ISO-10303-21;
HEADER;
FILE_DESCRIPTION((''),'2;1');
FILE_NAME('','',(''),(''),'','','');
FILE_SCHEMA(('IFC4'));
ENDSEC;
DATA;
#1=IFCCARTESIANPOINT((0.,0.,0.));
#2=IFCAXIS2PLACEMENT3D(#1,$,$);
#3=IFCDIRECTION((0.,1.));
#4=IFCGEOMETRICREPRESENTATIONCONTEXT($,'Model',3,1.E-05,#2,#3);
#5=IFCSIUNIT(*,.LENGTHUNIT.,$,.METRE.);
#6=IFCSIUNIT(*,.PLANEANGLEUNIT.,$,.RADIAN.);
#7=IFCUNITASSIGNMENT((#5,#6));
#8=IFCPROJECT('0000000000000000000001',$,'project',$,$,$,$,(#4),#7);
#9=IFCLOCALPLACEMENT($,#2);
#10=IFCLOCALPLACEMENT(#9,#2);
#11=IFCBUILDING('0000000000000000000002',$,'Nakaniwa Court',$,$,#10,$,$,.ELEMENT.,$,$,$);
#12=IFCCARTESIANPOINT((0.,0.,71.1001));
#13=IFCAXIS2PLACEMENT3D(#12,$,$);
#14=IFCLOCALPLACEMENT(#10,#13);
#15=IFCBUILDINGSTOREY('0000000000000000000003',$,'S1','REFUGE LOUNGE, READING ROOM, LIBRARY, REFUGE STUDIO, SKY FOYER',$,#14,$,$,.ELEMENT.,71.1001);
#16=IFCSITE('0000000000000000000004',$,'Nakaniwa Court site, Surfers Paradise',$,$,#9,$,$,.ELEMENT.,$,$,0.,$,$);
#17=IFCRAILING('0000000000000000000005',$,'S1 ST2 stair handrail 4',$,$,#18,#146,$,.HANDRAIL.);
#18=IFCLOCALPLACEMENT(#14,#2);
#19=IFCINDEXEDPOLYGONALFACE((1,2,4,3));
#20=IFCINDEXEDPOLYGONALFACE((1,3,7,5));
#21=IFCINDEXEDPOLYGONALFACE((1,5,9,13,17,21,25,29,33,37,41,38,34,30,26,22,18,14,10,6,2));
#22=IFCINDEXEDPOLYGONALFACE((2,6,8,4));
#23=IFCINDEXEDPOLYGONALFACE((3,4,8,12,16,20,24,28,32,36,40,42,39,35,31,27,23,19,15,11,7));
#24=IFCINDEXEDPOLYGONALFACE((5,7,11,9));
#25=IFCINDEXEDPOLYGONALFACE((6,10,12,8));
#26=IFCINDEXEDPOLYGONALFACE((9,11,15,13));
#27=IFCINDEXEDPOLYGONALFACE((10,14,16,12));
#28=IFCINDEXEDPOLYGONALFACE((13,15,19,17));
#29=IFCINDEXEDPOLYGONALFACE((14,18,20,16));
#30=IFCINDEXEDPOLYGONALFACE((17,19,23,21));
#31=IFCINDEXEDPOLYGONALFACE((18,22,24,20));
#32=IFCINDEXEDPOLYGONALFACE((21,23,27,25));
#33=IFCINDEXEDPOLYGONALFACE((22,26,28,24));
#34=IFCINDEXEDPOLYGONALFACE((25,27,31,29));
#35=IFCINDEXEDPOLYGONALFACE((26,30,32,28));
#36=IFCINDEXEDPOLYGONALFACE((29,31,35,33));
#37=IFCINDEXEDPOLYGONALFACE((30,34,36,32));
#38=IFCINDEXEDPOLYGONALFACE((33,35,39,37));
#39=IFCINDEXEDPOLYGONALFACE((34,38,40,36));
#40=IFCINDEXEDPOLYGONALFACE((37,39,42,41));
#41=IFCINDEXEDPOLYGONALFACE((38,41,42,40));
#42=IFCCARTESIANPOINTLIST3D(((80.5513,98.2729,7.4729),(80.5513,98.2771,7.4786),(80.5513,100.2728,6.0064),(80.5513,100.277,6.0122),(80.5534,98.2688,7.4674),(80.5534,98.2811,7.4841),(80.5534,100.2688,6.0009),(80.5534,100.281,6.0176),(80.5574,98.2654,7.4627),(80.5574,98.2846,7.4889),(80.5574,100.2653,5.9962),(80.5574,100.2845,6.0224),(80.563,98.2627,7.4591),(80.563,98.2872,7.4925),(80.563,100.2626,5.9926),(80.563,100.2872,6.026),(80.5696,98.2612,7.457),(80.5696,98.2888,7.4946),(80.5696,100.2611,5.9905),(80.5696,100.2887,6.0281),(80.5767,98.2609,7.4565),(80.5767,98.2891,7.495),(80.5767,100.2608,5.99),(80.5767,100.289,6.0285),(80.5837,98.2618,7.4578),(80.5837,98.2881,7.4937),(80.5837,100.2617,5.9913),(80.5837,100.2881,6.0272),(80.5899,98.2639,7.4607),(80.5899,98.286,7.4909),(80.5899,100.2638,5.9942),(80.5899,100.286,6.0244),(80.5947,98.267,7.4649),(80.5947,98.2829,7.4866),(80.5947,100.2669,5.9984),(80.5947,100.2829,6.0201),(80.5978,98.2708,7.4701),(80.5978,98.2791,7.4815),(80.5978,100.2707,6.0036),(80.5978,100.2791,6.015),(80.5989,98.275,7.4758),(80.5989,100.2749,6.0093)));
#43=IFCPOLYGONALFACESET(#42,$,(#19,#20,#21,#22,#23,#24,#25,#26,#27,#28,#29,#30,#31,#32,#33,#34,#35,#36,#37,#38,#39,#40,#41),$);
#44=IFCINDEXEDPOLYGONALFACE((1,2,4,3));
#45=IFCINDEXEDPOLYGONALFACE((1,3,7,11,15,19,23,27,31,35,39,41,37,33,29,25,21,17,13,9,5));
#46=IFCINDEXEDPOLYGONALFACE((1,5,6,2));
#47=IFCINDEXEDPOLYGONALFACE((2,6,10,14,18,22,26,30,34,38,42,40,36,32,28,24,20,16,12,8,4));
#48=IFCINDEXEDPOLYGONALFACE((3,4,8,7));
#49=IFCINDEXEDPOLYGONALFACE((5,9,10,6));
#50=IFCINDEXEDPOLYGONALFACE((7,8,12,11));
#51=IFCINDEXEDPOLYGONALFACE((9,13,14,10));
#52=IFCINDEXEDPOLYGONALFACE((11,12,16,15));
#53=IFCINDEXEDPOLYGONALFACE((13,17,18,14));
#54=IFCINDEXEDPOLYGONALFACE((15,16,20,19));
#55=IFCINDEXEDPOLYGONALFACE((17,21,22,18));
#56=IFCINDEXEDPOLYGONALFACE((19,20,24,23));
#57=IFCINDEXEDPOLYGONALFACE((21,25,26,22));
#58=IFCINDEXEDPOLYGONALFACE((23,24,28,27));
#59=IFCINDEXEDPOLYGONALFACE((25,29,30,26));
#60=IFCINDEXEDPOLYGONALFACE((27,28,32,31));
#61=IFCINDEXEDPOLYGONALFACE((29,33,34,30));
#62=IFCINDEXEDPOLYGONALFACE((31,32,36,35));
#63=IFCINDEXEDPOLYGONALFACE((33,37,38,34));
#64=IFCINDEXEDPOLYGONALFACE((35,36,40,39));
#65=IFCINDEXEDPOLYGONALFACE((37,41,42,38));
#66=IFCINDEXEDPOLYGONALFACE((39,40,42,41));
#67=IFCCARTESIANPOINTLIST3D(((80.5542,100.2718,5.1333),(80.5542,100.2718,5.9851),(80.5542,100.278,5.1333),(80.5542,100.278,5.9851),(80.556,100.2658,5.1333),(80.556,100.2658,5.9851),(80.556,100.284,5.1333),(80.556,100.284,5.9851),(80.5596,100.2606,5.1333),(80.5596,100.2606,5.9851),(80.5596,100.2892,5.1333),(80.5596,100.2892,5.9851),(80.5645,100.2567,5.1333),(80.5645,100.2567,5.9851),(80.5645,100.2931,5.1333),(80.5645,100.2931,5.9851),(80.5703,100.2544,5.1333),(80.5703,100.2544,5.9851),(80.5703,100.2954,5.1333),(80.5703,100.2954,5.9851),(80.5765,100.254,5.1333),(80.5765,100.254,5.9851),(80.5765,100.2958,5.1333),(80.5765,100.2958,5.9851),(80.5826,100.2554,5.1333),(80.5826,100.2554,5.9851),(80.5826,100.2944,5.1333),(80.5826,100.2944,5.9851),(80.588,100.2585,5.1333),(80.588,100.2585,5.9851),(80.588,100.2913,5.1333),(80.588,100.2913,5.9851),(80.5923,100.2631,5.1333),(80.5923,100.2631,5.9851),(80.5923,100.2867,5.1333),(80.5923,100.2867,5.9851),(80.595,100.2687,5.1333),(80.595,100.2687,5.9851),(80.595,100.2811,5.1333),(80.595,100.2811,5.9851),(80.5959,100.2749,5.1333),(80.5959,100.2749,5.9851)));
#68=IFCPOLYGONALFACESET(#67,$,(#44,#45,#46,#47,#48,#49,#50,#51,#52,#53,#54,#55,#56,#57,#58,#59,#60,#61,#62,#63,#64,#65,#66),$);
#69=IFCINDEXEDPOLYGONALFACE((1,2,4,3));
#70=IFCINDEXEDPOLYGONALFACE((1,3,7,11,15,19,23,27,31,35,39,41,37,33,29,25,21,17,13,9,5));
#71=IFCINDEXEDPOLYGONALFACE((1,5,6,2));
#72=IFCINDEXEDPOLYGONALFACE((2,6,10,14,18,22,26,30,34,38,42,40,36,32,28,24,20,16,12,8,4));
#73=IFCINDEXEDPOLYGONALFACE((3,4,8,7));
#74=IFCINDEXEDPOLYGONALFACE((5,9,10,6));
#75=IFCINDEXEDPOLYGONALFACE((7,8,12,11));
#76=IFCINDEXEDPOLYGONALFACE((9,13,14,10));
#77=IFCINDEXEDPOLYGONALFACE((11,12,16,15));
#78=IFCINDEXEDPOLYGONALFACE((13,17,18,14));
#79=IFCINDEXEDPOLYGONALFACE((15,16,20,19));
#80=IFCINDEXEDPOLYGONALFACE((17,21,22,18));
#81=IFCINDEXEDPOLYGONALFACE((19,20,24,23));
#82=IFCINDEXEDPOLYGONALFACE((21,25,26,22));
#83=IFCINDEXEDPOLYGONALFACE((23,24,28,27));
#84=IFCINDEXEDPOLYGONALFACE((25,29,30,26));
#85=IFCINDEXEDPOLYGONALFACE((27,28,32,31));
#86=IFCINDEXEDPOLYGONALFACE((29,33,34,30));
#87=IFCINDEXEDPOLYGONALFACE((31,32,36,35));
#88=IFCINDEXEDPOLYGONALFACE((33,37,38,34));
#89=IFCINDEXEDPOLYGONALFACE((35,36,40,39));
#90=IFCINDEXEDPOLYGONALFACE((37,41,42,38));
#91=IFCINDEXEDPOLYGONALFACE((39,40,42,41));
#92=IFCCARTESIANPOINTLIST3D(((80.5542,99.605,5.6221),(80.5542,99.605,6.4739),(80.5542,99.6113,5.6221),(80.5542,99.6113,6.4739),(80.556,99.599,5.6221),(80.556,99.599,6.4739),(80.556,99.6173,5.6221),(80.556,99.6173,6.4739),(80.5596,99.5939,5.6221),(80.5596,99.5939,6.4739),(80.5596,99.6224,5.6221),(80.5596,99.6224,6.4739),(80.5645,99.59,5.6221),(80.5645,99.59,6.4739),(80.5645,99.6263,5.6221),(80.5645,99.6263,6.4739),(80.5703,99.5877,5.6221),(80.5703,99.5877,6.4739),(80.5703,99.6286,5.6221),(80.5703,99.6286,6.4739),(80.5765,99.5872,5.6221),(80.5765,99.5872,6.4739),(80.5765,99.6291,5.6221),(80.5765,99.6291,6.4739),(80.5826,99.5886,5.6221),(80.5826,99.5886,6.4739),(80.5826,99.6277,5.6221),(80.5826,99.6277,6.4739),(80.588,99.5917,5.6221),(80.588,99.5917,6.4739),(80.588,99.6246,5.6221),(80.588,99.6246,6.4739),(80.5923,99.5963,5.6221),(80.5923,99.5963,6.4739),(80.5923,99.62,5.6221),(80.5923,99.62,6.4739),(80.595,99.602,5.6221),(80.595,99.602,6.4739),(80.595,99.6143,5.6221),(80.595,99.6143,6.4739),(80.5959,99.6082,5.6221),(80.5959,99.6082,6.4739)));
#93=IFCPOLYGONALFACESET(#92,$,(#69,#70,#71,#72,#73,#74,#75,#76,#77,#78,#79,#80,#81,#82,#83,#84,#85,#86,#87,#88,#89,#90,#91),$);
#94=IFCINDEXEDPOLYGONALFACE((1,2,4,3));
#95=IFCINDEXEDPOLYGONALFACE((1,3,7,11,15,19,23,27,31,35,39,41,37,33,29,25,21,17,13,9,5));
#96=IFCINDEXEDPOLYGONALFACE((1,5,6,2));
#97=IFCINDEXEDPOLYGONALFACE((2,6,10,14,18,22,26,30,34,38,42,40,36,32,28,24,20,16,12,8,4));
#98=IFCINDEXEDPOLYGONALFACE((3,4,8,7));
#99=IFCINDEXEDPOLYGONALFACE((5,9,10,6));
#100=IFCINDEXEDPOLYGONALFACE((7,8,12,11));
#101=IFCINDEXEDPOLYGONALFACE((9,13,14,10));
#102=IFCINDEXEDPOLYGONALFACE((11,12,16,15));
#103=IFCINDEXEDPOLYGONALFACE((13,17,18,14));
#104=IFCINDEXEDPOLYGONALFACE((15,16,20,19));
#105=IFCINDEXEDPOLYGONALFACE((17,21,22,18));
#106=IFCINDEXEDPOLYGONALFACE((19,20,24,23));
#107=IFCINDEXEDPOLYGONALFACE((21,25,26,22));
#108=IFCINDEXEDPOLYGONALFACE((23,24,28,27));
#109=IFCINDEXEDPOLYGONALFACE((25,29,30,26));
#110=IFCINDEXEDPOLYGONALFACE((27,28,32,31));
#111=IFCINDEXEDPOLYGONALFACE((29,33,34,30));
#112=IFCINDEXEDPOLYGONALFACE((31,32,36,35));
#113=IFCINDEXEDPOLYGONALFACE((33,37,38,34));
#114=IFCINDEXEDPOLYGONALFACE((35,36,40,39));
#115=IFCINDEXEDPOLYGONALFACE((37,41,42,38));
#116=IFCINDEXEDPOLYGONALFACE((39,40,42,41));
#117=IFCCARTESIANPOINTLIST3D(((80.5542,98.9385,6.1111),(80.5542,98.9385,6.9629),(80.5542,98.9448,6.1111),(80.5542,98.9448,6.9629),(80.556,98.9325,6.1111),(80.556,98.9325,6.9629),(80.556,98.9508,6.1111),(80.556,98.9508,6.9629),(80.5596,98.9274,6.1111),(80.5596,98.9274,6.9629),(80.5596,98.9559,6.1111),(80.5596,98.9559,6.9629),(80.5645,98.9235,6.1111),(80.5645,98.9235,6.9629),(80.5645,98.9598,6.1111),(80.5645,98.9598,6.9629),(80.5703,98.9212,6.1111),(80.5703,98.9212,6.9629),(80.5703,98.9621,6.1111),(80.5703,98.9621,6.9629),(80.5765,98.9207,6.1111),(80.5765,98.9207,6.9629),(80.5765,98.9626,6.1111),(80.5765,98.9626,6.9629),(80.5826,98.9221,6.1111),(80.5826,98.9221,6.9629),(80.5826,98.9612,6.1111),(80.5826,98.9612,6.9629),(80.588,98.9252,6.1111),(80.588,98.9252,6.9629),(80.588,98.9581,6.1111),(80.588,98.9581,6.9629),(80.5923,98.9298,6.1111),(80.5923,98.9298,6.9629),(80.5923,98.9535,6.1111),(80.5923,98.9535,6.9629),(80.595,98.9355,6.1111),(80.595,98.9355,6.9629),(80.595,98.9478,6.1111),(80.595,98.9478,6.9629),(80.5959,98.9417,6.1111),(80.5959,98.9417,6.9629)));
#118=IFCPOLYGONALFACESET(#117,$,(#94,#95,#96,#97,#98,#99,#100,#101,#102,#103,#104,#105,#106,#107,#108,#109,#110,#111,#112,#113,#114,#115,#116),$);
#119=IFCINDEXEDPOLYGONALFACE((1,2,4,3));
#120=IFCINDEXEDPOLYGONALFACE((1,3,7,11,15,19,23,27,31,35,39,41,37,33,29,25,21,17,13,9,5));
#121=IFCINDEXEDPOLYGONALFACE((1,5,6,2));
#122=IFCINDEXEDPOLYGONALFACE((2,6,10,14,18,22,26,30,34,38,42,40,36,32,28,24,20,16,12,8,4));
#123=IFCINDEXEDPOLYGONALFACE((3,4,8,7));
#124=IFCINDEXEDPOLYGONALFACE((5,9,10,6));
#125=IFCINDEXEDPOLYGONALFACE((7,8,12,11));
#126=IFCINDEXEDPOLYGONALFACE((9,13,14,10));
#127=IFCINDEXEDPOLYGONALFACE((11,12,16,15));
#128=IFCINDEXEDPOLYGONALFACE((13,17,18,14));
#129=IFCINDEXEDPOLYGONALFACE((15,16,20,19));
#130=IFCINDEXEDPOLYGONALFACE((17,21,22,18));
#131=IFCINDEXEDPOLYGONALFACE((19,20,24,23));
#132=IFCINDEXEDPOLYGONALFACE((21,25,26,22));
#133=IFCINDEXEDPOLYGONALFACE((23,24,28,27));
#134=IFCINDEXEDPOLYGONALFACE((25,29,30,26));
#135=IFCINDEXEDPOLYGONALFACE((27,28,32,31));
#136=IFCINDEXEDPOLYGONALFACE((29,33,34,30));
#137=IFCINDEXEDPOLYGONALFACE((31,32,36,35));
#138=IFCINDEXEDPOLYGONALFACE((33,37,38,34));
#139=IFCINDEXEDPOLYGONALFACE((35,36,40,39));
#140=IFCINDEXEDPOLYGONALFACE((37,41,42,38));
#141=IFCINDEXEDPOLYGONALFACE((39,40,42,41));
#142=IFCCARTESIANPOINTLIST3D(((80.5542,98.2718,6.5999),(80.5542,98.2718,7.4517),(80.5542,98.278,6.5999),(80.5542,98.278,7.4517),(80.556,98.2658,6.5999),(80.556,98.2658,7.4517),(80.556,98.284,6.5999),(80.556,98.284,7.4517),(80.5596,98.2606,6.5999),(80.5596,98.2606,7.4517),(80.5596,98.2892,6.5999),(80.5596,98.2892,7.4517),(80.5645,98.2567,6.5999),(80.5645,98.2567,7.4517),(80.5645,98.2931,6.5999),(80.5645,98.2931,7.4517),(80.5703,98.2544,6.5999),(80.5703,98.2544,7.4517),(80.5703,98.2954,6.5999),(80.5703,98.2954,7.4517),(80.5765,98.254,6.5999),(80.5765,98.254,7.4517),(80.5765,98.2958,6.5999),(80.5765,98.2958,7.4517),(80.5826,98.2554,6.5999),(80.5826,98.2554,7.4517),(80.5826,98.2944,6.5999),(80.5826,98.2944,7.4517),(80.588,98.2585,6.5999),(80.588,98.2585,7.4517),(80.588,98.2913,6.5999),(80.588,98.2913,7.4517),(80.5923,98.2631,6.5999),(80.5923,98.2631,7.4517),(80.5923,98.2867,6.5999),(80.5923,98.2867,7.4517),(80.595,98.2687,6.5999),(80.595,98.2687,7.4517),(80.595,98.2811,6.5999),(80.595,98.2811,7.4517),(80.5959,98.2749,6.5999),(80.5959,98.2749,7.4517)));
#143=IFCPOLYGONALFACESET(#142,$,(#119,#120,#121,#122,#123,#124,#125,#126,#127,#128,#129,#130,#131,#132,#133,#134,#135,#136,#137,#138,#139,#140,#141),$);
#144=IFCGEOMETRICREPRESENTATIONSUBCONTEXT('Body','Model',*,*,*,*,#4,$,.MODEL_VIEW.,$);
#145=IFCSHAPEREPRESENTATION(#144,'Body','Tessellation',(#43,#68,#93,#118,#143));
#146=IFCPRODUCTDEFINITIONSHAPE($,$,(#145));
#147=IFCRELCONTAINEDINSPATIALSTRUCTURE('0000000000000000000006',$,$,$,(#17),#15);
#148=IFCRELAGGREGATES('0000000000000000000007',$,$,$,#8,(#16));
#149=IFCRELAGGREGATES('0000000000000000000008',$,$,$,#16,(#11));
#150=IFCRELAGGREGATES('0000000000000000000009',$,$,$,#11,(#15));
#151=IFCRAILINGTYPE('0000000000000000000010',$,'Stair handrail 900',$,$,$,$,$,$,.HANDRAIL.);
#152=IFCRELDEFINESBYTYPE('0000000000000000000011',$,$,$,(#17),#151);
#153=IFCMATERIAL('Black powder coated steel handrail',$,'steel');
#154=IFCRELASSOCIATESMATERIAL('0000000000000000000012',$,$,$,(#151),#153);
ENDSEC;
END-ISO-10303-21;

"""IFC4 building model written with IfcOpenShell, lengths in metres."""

from ifc_helpers import new_model, si_unit, direction, frame, origin, origin_2d, place, context, subcontext, project, spatial, circle, extrude, material, type_object, element, save


model = new_model("IFC4")

# Units and contexts
model_context = context("Model", 3, precision=1e-05, world=origin(), true_north=direction((0.0, 1.0)))
body_context = subcontext(model_context, "Body", "Model", "MODEL_VIEW")
ifc_project = project(units=[si_unit("LENGTHUNIT", "METRE"), si_unit("PLANEANGLEUNIT", "RADIAN")], contexts=[model_context])

# Site, building, storey
site_placement = place(None, origin())
site = spatial("IfcSite", under=ifc_project, at=site_placement, Name="Nakaniwa Court site, Surfers Paradise", CompositionType="ELEMENT", RefElevation=0.0)
building_placement = place(site_placement, origin())
building = spatial("IfcBuilding", under=site, at=building_placement, Name="Nakaniwa Court", CompositionType="ELEMENT")
storey_placement = place(building_placement, frame((0.0, 0.0, 71.1001)))
storey = spatial("IfcBuildingStorey", under=building, at=storey_placement, Name="S1", Description="REFUGE LOUNGE, READING ROOM, LIBRARY, REFUGE STUDIO, SKY FOYER", CompositionType="ELEMENT", Elevation=71.1001)

# Railing
ifc_material_1 = material(Name="Black powder coated steel handrail", Category="steel")
railing_type_1 = type_object("IfcRailingType", Name="Stair handrail 900", PredefinedType="HANDRAIL", material=ifc_material_1)
railing_1_placement = place(storey_placement, frame((80.575, 100.2749, 5.1333)))
element("IfcRailing", 1, at=railing_1_placement, inside=storey, type_object=railing_type_1, Name="S1 ST2 stair handrail 4", PredefinedType="HANDRAIL", context=body_context, shape_type="SweptSolid", body=[
    extrude(circle(Radius=0.0239, at=origin_2d()), frame((0.0, 0.0, 0.876), z_axis=(0.0, -0.806427, 0.591334), x_axis=(1.0, 0.0, 0.0)), (0.0, 0.0, 1.0), 2.48),
    extrude(circle(Radius=0.021, at=origin_2d()), origin(), (0.0, 0.0, 1.0), 0.8518),
    extrude(circle(Radius=0.021, at=origin_2d()), frame((0.0, -0.6667, 0.4888)), (0.0, 0.0, 1.0), 0.8518),
    extrude(circle(Radius=0.021, at=origin_2d()), frame((0.0, -1.3333, 0.9778)), (0.0, 0.0, 1.0), 0.8518),
    extrude(circle(Radius=0.021, at=origin_2d()), frame((0.0, -2.0, 1.4666)), (0.0, 0.0, 1.0), 0.8518),
])

save(model, "model.ifc")
